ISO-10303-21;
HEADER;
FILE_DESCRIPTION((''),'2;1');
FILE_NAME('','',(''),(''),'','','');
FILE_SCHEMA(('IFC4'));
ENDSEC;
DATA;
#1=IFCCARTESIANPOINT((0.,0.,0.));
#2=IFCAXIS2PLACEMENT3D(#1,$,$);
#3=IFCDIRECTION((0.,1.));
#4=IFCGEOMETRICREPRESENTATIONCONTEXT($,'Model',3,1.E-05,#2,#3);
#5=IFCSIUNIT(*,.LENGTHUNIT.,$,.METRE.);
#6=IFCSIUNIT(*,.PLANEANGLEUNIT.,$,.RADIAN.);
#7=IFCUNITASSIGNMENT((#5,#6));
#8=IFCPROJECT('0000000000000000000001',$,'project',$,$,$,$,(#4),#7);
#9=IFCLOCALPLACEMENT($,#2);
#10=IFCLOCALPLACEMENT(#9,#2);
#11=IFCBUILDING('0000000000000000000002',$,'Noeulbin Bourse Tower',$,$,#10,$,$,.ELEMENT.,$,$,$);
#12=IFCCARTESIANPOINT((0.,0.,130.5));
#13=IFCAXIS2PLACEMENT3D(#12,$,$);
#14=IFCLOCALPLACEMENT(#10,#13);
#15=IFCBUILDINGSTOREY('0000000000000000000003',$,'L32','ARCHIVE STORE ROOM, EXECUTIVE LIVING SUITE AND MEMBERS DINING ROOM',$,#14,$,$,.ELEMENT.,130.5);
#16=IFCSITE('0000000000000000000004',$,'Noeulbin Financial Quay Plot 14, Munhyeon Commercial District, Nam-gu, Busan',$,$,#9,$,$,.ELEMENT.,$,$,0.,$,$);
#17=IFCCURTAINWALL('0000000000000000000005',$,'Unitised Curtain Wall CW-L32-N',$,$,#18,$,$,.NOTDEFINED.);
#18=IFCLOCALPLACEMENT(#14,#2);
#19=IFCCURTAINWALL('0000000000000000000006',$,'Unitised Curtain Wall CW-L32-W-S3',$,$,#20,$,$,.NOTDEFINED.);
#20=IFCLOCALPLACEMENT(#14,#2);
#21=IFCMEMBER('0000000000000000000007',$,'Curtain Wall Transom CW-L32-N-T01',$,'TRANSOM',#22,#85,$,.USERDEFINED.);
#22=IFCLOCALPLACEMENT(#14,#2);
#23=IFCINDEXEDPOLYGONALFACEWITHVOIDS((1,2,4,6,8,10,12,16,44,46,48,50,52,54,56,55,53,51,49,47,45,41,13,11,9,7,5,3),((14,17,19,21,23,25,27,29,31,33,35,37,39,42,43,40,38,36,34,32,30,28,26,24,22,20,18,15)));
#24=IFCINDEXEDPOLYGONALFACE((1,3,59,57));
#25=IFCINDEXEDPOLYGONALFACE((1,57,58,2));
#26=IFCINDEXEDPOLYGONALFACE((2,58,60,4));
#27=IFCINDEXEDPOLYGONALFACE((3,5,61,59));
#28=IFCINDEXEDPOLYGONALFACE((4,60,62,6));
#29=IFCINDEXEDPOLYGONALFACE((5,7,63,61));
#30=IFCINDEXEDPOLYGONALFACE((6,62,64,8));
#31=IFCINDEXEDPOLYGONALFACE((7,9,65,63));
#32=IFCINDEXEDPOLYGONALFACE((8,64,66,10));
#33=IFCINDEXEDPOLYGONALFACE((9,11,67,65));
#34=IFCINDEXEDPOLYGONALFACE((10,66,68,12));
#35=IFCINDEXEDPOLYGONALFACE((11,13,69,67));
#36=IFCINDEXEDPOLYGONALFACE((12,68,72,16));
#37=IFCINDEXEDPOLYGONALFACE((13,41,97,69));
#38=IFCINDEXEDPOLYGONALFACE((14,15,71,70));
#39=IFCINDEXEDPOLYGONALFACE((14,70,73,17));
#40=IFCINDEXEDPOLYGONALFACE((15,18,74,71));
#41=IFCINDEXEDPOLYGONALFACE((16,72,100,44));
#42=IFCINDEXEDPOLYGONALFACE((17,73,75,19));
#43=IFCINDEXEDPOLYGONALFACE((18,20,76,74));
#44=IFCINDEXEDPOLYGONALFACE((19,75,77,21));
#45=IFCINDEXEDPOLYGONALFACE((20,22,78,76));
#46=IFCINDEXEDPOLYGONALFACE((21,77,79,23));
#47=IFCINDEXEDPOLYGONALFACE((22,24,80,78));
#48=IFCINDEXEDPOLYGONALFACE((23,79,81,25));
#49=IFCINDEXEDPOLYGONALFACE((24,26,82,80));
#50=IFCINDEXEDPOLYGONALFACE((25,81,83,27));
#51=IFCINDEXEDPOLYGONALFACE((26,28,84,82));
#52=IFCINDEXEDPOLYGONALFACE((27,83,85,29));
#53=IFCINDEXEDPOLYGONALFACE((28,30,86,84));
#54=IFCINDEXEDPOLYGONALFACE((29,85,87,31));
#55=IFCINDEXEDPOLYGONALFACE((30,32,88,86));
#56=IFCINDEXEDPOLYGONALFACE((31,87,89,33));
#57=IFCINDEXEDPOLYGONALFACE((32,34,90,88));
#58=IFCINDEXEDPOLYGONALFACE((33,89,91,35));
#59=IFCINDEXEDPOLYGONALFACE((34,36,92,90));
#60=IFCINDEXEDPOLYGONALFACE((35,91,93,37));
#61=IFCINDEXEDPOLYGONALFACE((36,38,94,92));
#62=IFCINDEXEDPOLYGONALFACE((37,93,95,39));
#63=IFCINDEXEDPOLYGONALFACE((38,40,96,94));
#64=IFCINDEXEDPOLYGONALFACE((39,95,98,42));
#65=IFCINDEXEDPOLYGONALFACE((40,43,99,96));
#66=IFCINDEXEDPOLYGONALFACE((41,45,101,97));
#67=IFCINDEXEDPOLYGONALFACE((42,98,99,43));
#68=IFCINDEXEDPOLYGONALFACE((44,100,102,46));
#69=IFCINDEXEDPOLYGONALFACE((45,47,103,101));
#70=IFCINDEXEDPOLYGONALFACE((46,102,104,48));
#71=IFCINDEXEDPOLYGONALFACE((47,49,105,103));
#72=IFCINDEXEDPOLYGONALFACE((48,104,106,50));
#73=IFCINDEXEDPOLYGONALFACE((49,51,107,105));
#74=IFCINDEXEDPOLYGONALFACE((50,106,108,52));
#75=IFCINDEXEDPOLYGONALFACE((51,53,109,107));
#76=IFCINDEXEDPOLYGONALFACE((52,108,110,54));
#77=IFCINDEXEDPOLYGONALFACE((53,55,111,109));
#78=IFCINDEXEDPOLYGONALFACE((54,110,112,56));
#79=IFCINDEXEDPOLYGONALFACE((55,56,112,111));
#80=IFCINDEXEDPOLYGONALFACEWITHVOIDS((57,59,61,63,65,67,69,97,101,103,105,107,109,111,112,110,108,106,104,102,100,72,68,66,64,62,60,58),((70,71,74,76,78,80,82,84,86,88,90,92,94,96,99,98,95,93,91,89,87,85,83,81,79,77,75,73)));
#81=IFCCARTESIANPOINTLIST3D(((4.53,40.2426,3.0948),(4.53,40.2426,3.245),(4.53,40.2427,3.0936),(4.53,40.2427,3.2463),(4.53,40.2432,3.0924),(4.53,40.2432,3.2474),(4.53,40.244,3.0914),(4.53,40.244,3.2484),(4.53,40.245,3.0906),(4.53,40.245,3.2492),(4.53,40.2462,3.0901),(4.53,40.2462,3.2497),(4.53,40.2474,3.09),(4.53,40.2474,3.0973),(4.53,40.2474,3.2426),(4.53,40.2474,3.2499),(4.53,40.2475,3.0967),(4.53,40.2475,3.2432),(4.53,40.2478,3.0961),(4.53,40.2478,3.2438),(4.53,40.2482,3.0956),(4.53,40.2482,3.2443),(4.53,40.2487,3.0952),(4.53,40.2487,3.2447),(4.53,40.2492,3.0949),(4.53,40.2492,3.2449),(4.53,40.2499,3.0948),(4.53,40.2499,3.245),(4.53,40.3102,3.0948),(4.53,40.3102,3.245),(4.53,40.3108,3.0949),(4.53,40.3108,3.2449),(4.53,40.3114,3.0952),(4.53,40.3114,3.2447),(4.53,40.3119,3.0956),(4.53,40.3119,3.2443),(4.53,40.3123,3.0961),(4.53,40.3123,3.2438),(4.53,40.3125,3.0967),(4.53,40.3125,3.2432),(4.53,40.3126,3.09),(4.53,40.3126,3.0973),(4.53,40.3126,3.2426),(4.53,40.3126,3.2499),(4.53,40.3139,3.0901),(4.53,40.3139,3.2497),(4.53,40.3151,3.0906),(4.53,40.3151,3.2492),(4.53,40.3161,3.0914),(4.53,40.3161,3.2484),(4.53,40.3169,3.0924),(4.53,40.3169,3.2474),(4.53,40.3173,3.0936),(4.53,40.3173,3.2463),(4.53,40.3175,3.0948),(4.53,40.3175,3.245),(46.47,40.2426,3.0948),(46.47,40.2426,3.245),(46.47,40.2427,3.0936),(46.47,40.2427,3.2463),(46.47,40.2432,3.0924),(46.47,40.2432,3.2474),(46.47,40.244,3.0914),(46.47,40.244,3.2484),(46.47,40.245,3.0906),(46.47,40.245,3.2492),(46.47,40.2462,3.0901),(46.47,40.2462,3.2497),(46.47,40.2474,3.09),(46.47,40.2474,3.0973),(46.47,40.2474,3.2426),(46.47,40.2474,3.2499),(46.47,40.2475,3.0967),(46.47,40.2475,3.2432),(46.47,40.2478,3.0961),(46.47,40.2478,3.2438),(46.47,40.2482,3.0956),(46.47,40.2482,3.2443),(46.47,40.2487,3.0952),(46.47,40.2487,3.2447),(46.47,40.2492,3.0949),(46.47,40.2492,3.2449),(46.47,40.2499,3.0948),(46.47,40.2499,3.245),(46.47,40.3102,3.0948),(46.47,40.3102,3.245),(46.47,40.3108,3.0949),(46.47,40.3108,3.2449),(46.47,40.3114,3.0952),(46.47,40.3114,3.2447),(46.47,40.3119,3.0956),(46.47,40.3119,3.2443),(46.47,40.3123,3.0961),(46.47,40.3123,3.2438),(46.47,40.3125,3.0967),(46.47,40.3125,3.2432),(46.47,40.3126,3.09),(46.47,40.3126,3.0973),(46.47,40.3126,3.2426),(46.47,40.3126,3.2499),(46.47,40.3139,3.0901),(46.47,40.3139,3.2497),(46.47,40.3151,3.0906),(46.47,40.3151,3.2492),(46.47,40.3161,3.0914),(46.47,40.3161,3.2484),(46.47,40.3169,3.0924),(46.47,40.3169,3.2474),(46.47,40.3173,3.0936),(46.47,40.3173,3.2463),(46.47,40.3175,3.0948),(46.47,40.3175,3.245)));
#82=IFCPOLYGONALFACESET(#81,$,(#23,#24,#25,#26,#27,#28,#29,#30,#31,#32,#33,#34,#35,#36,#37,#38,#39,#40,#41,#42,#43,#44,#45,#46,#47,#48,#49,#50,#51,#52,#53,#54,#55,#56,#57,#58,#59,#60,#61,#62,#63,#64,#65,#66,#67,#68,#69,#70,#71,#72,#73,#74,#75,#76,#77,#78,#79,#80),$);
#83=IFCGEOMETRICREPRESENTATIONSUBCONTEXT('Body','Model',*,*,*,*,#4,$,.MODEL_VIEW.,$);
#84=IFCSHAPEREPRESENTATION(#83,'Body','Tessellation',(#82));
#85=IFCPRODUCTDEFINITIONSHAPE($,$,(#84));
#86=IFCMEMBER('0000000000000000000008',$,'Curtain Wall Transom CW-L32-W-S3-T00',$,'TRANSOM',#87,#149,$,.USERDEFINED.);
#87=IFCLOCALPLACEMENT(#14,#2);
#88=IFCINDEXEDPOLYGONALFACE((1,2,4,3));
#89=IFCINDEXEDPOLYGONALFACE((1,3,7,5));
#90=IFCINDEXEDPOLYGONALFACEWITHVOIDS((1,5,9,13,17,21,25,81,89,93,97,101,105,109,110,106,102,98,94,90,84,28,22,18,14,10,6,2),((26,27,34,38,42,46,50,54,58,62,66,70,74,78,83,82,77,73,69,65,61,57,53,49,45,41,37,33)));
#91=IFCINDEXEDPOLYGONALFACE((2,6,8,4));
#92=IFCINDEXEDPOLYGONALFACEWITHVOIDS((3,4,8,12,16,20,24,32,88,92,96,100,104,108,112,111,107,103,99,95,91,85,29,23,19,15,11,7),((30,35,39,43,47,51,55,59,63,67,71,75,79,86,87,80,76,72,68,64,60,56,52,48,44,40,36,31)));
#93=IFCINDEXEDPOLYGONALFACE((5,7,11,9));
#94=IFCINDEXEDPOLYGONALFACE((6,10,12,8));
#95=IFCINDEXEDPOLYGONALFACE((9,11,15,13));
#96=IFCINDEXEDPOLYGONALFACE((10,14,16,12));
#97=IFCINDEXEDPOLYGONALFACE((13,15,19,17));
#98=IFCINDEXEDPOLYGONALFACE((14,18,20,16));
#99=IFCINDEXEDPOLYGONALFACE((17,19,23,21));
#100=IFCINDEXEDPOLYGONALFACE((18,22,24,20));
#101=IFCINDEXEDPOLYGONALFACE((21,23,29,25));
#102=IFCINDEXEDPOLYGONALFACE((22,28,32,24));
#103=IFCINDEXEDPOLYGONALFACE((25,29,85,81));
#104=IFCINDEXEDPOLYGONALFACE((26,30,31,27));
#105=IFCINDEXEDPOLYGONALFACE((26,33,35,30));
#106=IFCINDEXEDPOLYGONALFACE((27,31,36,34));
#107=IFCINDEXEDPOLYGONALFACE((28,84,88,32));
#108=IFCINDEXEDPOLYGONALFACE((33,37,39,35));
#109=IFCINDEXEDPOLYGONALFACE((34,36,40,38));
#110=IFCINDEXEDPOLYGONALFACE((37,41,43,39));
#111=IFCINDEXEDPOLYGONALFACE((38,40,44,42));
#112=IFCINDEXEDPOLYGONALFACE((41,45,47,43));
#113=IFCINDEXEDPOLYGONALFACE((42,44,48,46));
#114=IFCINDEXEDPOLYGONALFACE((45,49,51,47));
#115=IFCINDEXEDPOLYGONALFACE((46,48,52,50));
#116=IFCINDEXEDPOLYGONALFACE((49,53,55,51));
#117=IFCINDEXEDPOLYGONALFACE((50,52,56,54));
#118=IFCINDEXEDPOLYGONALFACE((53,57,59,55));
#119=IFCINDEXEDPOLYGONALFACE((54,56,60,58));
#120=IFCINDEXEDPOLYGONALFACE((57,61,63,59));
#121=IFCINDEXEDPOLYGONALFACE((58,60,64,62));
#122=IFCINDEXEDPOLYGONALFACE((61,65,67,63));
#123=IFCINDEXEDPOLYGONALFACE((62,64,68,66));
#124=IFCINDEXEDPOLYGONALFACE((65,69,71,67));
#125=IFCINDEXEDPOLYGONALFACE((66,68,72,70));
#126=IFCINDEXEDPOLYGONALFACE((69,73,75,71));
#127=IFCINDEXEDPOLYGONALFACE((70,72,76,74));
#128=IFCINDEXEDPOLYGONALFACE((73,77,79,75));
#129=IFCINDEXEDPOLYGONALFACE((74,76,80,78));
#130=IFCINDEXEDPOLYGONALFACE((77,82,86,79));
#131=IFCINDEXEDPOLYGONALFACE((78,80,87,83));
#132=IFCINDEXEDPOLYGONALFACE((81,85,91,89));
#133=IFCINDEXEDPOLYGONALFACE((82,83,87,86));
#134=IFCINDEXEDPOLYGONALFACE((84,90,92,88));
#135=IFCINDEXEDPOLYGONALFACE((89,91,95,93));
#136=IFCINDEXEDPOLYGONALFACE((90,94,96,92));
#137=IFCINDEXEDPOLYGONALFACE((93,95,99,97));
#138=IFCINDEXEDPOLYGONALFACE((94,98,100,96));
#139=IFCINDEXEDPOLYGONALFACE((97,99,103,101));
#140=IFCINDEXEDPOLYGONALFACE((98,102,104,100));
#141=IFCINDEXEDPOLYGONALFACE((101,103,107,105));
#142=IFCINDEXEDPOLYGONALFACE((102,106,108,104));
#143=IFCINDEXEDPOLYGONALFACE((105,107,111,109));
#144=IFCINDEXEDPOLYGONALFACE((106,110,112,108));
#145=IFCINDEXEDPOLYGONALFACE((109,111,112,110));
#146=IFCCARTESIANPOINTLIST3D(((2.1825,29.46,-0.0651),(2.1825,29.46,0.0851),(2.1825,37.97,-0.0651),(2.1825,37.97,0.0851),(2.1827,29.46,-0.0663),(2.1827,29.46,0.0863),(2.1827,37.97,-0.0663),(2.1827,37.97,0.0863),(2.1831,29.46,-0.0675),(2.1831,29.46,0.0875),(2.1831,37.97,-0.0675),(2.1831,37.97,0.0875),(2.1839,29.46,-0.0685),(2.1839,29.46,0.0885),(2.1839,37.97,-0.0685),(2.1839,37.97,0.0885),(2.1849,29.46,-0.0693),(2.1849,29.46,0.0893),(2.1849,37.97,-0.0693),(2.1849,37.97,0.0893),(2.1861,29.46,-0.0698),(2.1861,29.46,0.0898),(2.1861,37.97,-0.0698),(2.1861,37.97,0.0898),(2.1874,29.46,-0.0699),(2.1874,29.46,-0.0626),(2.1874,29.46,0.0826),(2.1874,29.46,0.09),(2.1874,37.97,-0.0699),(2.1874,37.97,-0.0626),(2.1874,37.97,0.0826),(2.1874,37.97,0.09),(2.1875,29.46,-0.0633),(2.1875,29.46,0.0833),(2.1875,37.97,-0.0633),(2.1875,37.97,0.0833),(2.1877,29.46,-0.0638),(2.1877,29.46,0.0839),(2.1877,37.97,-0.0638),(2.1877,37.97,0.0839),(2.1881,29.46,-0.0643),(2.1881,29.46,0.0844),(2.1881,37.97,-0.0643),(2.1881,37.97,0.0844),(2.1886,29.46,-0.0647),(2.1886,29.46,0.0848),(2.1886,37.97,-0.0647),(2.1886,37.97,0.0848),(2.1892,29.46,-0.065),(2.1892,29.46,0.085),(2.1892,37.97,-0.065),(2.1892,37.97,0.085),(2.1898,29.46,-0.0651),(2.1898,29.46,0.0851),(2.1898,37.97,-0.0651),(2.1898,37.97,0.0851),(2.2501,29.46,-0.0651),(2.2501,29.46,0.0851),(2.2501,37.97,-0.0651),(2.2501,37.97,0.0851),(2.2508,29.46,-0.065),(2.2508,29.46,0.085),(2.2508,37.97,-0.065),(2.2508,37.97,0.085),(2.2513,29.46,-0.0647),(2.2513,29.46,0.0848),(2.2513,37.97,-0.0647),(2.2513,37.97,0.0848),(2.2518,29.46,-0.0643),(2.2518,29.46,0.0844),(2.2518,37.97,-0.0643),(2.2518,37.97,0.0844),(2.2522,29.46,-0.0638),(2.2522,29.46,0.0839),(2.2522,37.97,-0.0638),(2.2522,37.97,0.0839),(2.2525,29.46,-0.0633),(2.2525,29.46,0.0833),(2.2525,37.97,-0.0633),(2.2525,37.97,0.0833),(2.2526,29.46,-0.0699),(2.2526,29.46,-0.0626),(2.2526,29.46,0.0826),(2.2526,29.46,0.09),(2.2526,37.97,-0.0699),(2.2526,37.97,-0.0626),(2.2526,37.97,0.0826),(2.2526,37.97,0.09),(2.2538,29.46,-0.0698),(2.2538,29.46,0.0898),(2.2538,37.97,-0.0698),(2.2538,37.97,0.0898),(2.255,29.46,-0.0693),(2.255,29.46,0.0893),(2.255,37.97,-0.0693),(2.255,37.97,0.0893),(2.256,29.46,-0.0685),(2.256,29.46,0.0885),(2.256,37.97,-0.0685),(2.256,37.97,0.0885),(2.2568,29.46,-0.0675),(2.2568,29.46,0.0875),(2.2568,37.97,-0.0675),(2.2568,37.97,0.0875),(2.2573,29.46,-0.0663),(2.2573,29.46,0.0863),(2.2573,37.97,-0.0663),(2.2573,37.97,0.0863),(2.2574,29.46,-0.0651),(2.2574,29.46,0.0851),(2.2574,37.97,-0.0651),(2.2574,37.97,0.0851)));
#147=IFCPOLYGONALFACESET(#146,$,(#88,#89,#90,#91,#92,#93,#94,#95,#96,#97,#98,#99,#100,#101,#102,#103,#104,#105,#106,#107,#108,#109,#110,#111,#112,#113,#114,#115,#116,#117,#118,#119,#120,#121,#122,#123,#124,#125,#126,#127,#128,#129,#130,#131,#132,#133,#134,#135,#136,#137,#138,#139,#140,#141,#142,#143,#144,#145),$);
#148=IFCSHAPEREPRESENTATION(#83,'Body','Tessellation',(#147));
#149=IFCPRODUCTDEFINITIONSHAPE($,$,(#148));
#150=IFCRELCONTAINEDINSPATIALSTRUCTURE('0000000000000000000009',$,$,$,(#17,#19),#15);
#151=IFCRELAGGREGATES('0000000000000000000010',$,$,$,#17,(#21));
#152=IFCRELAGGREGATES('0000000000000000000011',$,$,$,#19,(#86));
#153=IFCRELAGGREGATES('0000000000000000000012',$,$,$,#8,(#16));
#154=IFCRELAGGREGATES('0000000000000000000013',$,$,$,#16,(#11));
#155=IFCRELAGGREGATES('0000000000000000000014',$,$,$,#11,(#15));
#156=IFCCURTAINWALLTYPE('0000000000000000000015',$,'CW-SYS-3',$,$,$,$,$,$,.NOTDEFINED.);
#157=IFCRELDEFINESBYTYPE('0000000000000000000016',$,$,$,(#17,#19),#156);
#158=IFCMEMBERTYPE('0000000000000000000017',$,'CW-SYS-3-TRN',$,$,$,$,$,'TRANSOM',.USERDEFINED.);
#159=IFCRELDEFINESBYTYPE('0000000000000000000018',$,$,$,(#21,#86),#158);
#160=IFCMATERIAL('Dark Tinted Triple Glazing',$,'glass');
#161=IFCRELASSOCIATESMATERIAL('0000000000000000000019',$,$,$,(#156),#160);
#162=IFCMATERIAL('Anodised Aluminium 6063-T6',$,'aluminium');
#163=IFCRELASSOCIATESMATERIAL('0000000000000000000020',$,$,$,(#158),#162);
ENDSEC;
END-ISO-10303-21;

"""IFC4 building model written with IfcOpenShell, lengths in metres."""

from ifc_helpers import new_model, si_unit, direction, frame, origin, origin_2d, place, context, subcontext, project, spatial, hollow_rectangle, extrude, material, material_profile, profile_set, type_object, element, aggregate, save


model = new_model("IFC4")

# Units and contexts
model_context = context("Model", 3, precision=1e-05, world=origin(), true_north=direction((0.0, 1.0)))
body_context = subcontext(model_context, "Body", "Model", "MODEL_VIEW")
ifc_project = project(units=[si_unit("LENGTHUNIT", "METRE"), si_unit("PLANEANGLEUNIT", "RADIAN")], contexts=[model_context])

# Site, building, storey
site_placement = place(None, origin())
site = spatial("IfcSite", under=ifc_project, at=site_placement, Name="Noeulbin Financial Quay Plot 14, Munhyeon Commercial District, Nam-gu, Busan", CompositionType="ELEMENT", RefElevation=0.0)
building_placement = place(site_placement, origin())
building = spatial("IfcBuilding", under=site, at=building_placement, Name="Noeulbin Bourse Tower", CompositionType="ELEMENT")
storey_placement = place(building_placement, frame((0.0, 0.0, 130.5)))
storey = spatial("IfcBuildingStorey", under=building, at=storey_placement, Name="L32", Description="ARCHIVE STORE ROOM, EXECUTIVE LIVING SUITE AND MEMBERS DINING ROOM", CompositionType="ELEMENT", Elevation=130.5)

# Curtain walls
ifc_material_1 = material(Name="Dark Tinted Triple Glazing", Category="glass")
curtain_wall_type = type_object("IfcCurtainWallType", Name="CW-SYS-3", PredefinedType="NOTDEFINED", material=ifc_material_1)
curtain_wall_1_placement = place(storey_placement, origin())
curtain_wall_1 = element("IfcCurtainWall", 1, at=curtain_wall_1_placement, inside=storey, type_object=curtain_wall_type, Name="Unitised Curtain Wall CW-L32-N", PredefinedType="NOTDEFINED")
ifc_material_2 = material(Name="Anodised Aluminium 6063-T6", Category="aluminium")
curtain_wall_2_placement = place(storey_placement, origin())
curtain_wall_2 = element("IfcCurtainWall", 2, at=curtain_wall_2_placement, inside=storey, type_object=curtain_wall_type, Name="Unitised Curtain Wall CW-L32-W-S3", PredefinedType="NOTDEFINED")

# Members
ifc_material_profile_1 = material_profile(ifc_material_2, hollow_rectangle(XDim=0.075, YDim=0.1599, WallThickness=0.0049, InnerFilletRadius=0.0024, OuterFilletRadius=0.0049, at=origin_2d()), Name="ALU-TRAN-75x160x5", Category="LoadBearing")
ifc_profile_set_1 = profile_set([ifc_material_profile_1], Name="Anodised Aluminium 6063-T6")
member_type_1 = type_object("IfcMemberType", Name="CW-SYS-3-TRN", ElementType="TRANSOM", PredefinedType="USERDEFINED", material=ifc_profile_set_1)
member_1_placement = place(storey_placement, frame((4.53, 40.28, 3.1699), z_axis=(1.0, 0.0, 0.0), x_axis=(0.0, 1.0, 0.0)))
member_1 = element("IfcMember", 3, at=member_1_placement, type_object=member_type_1, Name="Curtain Wall Transom CW-L32-N-T01", ObjectType="TRANSOM", PredefinedType="USERDEFINED", context=body_context, shape_type="SweptSolid", body=[
    extrude(hollow_rectangle(XDim=0.075, YDim=0.1599, WallThickness=0.0049, InnerFilletRadius=0.0024, OuterFilletRadius=0.0049, at=origin_2d()), origin(), (0.0, 0.0, 1.0), 41.9399),
])
member_2_placement = place(storey_placement, frame((2.22, 29.46, 0.01), z_axis=(0.0, 1.0, 0.0), x_axis=(-1.0, 0.0, 0.0)))
member_2 = element("IfcMember", 4, at=member_2_placement, type_object=member_type_1, Name="Curtain Wall Transom CW-L32-W-S3-T00", ObjectType="TRANSOM", PredefinedType="USERDEFINED", context=body_context, shape_type="SweptSolid", body=[
    extrude(hollow_rectangle(XDim=0.075, YDim=0.1599, WallThickness=0.0049, InnerFilletRadius=0.0024, OuterFilletRadius=0.0049, at=origin_2d()), origin(), (0.0, 0.0, 1.0), 8.51),
])

aggregate(curtain_wall_1, [member_1])
aggregate(curtain_wall_2, [member_2])

save(model, "model.ifc")
